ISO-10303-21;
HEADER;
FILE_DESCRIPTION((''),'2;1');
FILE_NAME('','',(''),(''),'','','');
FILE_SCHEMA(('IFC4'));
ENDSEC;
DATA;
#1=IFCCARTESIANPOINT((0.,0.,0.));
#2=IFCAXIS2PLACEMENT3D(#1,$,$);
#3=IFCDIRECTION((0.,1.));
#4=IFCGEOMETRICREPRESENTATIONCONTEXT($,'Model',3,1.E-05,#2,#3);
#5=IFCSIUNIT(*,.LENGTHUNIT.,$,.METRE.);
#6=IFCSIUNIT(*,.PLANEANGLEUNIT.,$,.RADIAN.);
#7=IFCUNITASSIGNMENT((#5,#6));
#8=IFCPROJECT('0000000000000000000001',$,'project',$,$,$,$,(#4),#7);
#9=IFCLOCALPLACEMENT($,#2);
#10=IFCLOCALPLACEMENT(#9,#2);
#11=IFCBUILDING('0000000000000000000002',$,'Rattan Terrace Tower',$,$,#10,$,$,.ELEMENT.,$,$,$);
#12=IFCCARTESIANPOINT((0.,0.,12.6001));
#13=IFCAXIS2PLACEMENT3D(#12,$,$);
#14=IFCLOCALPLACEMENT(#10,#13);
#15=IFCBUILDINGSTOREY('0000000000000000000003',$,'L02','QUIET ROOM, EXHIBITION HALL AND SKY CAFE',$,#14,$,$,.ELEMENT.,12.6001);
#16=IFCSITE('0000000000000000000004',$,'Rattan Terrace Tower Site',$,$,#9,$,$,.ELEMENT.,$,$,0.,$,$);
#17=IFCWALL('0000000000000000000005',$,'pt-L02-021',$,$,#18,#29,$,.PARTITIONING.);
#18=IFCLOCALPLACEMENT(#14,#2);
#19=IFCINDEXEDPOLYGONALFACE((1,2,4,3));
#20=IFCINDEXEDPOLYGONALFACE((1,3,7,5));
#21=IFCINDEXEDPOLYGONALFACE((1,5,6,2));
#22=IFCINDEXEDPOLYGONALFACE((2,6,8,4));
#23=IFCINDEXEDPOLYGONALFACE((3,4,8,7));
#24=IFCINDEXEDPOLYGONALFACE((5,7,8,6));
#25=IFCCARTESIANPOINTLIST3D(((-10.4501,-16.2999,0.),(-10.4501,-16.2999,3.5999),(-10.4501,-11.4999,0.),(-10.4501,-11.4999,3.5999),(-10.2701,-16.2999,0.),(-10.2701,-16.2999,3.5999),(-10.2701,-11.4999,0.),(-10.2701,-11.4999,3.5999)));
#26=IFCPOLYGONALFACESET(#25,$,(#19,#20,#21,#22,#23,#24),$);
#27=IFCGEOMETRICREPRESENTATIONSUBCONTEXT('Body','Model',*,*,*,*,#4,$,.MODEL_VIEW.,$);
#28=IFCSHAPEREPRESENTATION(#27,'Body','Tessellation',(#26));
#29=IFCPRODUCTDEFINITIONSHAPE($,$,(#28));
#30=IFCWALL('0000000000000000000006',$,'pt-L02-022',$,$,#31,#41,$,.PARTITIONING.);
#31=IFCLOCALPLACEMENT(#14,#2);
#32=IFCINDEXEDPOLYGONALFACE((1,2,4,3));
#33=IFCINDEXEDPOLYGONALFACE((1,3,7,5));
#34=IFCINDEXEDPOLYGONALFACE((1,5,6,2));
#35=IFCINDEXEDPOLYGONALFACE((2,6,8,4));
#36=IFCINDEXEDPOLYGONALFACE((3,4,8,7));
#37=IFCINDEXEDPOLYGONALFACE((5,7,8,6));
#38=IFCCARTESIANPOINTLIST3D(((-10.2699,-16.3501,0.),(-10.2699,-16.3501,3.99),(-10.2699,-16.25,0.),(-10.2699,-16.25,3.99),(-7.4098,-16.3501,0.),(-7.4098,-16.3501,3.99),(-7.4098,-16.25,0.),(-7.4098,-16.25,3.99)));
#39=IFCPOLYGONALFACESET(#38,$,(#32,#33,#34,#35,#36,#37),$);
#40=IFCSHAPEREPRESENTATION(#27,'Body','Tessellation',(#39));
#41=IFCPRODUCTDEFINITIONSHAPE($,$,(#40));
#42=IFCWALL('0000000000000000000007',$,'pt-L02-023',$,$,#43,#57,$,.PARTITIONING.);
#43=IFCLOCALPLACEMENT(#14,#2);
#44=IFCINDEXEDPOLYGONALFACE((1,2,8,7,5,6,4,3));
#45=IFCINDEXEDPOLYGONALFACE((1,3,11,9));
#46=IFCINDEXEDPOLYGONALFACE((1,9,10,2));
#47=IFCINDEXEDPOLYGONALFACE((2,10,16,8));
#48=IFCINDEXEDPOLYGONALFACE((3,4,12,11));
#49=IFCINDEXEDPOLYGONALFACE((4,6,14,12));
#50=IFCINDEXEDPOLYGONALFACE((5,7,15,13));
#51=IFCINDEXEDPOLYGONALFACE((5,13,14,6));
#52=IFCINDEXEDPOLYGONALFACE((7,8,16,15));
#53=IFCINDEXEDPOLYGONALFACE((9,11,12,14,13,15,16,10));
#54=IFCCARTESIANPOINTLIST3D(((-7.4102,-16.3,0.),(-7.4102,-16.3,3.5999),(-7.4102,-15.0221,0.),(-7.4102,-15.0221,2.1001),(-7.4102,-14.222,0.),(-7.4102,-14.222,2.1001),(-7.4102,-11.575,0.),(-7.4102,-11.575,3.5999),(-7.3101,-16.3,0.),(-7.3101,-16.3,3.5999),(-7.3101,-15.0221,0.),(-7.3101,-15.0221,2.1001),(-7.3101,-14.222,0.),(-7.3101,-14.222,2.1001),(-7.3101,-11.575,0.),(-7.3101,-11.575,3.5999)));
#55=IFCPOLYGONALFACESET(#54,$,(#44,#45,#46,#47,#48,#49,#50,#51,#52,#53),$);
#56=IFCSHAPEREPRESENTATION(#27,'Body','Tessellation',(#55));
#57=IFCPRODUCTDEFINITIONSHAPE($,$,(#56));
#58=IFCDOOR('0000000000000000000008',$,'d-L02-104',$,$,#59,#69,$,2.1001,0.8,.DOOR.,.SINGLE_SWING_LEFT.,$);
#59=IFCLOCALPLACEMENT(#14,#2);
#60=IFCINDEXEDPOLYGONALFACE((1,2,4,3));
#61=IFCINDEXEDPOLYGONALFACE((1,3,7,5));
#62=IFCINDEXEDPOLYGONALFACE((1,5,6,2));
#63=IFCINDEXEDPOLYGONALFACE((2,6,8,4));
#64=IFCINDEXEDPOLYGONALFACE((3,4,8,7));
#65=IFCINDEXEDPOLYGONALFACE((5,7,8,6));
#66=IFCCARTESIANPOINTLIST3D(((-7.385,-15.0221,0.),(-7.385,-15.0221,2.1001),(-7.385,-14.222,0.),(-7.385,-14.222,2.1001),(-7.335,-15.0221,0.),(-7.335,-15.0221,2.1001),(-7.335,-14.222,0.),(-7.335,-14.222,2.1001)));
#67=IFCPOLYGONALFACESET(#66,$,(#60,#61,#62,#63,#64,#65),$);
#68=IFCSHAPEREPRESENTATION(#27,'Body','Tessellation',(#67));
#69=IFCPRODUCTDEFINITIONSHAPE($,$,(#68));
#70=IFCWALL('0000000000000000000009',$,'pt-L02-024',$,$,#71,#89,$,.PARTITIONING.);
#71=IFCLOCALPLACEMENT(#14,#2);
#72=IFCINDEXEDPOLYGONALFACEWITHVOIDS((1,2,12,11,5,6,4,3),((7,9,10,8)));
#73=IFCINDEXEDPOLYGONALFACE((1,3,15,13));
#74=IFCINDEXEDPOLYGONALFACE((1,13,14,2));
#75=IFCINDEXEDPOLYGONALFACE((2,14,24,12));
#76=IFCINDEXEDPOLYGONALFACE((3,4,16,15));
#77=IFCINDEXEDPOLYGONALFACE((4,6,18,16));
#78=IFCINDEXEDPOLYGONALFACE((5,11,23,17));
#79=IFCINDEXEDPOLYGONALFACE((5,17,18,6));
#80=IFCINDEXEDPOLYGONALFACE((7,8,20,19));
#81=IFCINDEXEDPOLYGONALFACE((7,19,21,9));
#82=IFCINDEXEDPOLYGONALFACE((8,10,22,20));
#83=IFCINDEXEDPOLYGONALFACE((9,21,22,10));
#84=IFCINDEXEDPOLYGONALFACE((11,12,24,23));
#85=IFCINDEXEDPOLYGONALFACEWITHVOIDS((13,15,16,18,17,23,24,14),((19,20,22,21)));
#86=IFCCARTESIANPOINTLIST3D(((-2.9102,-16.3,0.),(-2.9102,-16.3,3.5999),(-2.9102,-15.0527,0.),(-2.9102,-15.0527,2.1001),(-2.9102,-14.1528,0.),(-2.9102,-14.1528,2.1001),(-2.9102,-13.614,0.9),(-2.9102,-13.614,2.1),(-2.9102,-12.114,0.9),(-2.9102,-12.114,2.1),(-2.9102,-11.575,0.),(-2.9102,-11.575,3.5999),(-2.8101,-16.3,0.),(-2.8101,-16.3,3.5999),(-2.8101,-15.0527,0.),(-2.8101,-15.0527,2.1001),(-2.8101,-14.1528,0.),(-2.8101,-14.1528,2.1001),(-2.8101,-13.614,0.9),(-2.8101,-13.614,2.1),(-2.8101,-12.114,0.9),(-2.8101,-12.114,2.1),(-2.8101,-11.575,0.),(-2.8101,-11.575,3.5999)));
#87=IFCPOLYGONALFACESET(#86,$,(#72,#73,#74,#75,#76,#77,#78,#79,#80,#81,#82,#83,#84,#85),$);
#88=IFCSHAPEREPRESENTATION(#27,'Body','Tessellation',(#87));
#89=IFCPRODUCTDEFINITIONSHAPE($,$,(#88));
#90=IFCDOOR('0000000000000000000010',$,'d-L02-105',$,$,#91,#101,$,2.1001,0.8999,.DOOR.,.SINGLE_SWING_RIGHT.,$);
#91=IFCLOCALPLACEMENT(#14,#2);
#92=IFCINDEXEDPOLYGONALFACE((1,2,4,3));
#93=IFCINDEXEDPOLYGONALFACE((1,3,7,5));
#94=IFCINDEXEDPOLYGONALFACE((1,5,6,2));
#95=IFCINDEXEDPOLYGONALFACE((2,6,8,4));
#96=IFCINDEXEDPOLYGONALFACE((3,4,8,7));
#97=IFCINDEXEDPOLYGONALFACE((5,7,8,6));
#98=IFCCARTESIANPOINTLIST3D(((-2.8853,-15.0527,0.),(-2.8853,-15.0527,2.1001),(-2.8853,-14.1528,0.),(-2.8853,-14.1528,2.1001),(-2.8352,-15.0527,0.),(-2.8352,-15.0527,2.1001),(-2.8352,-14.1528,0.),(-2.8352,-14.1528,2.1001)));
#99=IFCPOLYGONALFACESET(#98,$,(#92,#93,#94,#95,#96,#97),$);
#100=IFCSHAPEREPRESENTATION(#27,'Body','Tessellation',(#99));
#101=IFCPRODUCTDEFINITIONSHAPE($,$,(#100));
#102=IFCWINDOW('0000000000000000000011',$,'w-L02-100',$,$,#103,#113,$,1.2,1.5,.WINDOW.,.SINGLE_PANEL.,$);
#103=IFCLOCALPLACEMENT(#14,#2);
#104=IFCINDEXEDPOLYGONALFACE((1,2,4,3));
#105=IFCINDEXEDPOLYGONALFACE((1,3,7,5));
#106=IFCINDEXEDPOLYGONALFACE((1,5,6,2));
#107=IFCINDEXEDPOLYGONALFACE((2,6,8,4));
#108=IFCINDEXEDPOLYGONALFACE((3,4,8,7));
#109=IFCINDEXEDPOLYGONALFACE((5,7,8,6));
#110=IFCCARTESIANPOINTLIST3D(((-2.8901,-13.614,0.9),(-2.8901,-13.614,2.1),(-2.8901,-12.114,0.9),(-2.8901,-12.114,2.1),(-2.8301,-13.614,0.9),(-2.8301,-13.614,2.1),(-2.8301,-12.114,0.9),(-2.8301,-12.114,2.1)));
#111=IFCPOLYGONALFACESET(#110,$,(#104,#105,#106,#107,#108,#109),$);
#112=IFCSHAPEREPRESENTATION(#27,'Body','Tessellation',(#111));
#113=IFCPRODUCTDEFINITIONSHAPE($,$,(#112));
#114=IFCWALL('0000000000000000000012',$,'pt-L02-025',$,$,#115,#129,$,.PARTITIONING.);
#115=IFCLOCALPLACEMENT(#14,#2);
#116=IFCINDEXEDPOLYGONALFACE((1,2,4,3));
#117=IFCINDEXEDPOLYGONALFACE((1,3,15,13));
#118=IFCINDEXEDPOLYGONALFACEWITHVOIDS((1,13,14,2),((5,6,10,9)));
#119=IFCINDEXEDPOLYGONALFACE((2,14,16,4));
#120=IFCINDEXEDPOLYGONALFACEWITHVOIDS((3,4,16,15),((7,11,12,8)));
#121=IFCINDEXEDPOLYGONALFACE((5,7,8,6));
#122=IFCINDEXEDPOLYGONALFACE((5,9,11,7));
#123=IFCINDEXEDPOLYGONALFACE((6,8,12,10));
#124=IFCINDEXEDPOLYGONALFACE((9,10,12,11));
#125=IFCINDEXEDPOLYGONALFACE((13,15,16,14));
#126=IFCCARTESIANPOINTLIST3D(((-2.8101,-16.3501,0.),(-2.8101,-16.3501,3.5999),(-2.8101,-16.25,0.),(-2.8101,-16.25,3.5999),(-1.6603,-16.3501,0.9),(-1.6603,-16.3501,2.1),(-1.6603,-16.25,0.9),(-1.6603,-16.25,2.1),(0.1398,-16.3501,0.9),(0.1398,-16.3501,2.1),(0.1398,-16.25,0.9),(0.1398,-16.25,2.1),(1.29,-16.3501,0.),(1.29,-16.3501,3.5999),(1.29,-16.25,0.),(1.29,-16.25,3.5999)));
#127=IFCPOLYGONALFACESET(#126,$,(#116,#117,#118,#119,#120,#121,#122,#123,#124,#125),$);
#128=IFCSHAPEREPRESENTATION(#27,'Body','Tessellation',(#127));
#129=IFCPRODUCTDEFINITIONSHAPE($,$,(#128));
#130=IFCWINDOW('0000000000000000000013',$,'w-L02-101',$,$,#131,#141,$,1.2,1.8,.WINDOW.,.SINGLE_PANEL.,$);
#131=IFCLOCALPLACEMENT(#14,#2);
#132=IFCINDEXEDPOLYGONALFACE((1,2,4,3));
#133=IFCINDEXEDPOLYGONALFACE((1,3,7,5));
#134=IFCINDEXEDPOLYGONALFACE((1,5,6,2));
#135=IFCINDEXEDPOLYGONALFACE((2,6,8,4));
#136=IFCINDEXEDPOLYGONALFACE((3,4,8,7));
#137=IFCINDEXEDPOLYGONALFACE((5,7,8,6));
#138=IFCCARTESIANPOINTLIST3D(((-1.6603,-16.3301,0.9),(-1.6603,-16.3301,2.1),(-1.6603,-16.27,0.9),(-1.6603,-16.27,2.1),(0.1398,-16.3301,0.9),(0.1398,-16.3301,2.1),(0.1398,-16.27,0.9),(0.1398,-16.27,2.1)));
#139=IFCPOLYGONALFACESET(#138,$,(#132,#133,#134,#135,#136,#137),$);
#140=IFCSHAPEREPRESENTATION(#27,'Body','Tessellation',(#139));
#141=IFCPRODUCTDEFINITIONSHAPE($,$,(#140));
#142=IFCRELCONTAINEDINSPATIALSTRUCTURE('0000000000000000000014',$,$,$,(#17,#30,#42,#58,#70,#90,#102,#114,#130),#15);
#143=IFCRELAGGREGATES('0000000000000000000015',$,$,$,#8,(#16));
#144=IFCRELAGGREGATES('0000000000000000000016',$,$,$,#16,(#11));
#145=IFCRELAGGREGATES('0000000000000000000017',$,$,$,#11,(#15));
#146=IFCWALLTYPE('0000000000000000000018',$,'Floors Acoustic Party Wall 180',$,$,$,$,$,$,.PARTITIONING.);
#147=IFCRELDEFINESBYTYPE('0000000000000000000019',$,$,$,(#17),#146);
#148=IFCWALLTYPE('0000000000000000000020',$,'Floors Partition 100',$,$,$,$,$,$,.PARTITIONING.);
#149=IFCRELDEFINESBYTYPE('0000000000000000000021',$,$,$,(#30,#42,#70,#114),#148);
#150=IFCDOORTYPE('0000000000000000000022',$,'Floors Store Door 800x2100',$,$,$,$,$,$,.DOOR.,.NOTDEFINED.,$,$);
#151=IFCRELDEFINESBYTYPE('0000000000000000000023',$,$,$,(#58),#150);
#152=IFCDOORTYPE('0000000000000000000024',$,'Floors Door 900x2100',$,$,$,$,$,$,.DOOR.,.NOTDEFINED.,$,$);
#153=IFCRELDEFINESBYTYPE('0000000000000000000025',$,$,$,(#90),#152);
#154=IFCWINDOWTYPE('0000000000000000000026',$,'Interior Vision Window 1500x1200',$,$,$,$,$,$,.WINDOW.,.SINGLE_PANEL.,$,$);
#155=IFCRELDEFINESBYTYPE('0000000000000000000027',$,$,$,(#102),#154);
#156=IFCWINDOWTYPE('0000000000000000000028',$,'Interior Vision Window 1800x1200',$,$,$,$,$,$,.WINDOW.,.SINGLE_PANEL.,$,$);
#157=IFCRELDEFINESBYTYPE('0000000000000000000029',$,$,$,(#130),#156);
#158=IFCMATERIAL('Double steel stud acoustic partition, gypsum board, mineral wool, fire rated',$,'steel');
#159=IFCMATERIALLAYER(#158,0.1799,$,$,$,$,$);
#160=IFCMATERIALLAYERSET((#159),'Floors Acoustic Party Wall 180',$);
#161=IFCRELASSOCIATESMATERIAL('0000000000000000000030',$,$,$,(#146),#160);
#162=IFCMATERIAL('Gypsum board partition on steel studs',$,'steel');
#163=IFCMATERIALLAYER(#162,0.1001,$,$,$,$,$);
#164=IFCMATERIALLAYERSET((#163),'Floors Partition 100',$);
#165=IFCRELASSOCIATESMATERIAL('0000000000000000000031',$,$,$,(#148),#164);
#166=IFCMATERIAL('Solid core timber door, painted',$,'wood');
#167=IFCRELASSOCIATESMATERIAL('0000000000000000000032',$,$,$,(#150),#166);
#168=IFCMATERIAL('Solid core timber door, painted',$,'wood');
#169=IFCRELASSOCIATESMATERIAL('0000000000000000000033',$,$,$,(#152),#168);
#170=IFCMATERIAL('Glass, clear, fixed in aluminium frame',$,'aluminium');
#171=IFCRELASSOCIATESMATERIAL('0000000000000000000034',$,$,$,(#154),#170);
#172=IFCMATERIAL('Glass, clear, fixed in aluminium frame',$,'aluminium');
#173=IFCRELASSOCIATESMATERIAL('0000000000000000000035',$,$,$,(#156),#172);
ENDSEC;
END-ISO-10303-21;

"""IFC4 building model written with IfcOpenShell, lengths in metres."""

from ifc_helpers import new_model, si_unit, direction, frame, frame_2d, origin, place, context, subcontext, project, spatial, rectangle, extrude, material, layer, layer_set, type_object, element, fill, save


model = new_model("IFC4")

# Units and contexts
model_context = context("Model", 3, precision=1e-05, world=origin(), true_north=direction((0.0, 1.0)))
body_context = subcontext(model_context, "Body", "Model", "MODEL_VIEW")
ifc_project = project(units=[si_unit("LENGTHUNIT", "METRE"), si_unit("PLANEANGLEUNIT", "RADIAN")], contexts=[model_context])

# Site, building, storey
site_placement = place(None, origin())
site = spatial("IfcSite", under=ifc_project, at=site_placement, Name="Rattan Terrace Tower Site", CompositionType="ELEMENT", RefElevation=0.0)
building_placement = place(site_placement, origin())
building = spatial("IfcBuilding", under=site, at=building_placement, Name="Rattan Terrace Tower", CompositionType="ELEMENT")
storey_placement = place(building_placement, frame((0.0, 0.0, 12.6001)))
storey = spatial("IfcBuildingStorey", under=building, at=storey_placement, Name="L02", Description="QUIET ROOM, EXHIBITION HALL AND SKY CAFE", CompositionType="ELEMENT", Elevation=12.6001)

# Walls
ifc_material_1 = material(Name="Double steel stud acoustic partition, gypsum board, mineral wool, fire rated", Category="steel")
ifc_layer_1 = layer(ifc_material_1, 0.1799)
ifc_layer_set_1 = layer_set([ifc_layer_1], Name="Floors Acoustic Party Wall 180")
wall_type_1 = type_object("IfcWallType", Name="Floors Acoustic Party Wall 180", PredefinedType="PARTITIONING", material=ifc_layer_set_1)
wall_1_placement = place(storey_placement, frame((-10.3601, -11.5, 0.0), z_axis=(0.0, 0.0, 1.0), x_axis=(0.0, -1.0, 0.0)))
element("IfcWall", 1, at=wall_1_placement, inside=storey, type_object=wall_type_1, Name="pt-L02-021", PredefinedType="PARTITIONING", context=body_context, shape_type="SweptSolid", body=[
    extrude(rectangle(XDim=4.8, YDim=0.1799, at=frame_2d((2.3999, 0.0))), origin(), (0.0, 0.0, 1.0), 3.5999),
])
ifc_material_2 = material(Name="Gypsum board partition on steel studs", Category="steel")
ifc_layer_2 = layer(ifc_material_2, 0.1001)
ifc_layer_set_2 = layer_set([ifc_layer_2], Name="Floors Partition 100")
wall_type_2 = type_object("IfcWallType", Name="Floors Partition 100", PredefinedType="PARTITIONING", material=ifc_layer_set_2)
wall_2_placement = place(storey_placement, frame((-10.27, -16.3, 0.0), z_axis=(0.0, 0.0, 1.0), x_axis=(1.0, 0.0, 0.0)))
element("IfcWall", 2, at=wall_2_placement, inside=storey, type_object=wall_type_2, Name="pt-L02-022", PredefinedType="PARTITIONING", context=body_context, shape_type="SweptSolid", body=[
    extrude(rectangle(XDim=2.8601, YDim=0.1001, at=frame_2d((1.4302, 0.0))), origin(), (0.0, 0.0, 1.0), 3.99),
])

# Wall, opening, door
wall_3_placement = place(storey_placement, frame((-7.3601, -16.3, 0.0), z_axis=(0.0, 0.0, 1.0), x_axis=(0.0, 1.0, 0.0)))
wall_3 = element("IfcWall", 3, at=wall_3_placement, inside=storey, type_object=wall_type_2, Name="pt-L02-023", PredefinedType="PARTITIONING", context=body_context, shape_type="SweptSolid", body=[
    extrude(rectangle(XDim=4.7251, YDim=0.1001, at=frame_2d((2.3625, 0.0))), origin(), (0.0, 0.0, 1.0), 3.5999),
])
opening_1_placement = place(wall_3_placement, frame((1.2781, 0.0, 0.0)))
opening_1 = element("IfcOpeningElement", 4, at=opening_1_placement, cuts=wall_3, PredefinedType="OPENING", context=body_context, shape_type="SweptSolid", body=[
    extrude(rectangle(XDim=0.8, YDim=2.1001, at=frame_2d((0.3999, 1.05))), frame((0.0, 0.0605, 0.0), z_axis=(0.0, -1.0, 0.0), x_axis=(1.0, 0.0, 0.0)), (0.0, 0.0, 1.0), 0.1211),
])
ifc_material_3 = material(Name="Solid core timber door, painted", Category="wood")
door_type_1 = type_object("IfcDoorType", Name="Floors Store Door 800x2100", OperationType="NOTDEFINED", PredefinedType="DOOR", material=ifc_material_3)
door_1_placement = place(opening_1_placement, origin())
door_1 = element("IfcDoor", 5, at=door_1_placement, inside=storey, type_object=door_type_1, Name="d-L02-104", OperationType="SINGLE_SWING_LEFT", OverallHeight=2.1001, OverallWidth=0.8, PredefinedType="DOOR", context=body_context, shape_type="SweptSolid", body=[
    extrude(rectangle(XDim=0.8, YDim=2.1001, at=frame_2d((0.3999, 1.05))), frame((0.0, 0.0249, 0.0), z_axis=(0.0, -1.0, 0.0), x_axis=(1.0, 0.0, 0.0)), (0.0, 0.0, 1.0), 0.05),
])
fill(opening_1, door_1)

# Wall, openings, door, window
wall_4_placement = place(storey_placement, frame((-2.8601, -11.575, 0.0), z_axis=(0.0, 0.0, 1.0), x_axis=(0.0, -1.0, 0.0)))
wall_4 = element("IfcWall", 6, at=wall_4_placement, inside=storey, type_object=wall_type_2, Name="pt-L02-024", PredefinedType="PARTITIONING", context=body_context, shape_type="SweptSolid", body=[
    extrude(rectangle(XDim=4.7251, YDim=0.1001, at=frame_2d((2.3625, 0.0))), origin(), (0.0, 0.0, 1.0), 3.5999),
])
opening_2_placement = place(wall_4_placement, frame((2.5779, 0.0, 0.0)))
opening_2 = element("IfcOpeningElement", 7, at=opening_2_placement, cuts=wall_4, PredefinedType="OPENING", context=body_context, shape_type="SweptSolid", body=[
    extrude(rectangle(XDim=0.8999, YDim=2.1001, at=frame_2d((0.45, 1.05))), frame((0.0, 0.0605, 0.0), z_axis=(0.0, -1.0, 0.0), x_axis=(1.0, 0.0, 0.0)), (0.0, 0.0, 1.0), 0.1211),
])
opening_3_placement = place(wall_4_placement, frame((0.5391, 0.0, 0.8999)))
opening_3 = element("IfcOpeningElement", 8, at=opening_3_placement, cuts=wall_4, PredefinedType="OPENING", context=body_context, shape_type="SweptSolid", body=[
    extrude(rectangle(XDim=1.5, YDim=1.2, at=frame_2d((0.75, 0.6001))), frame((0.0, 0.0605, 0.0), z_axis=(0.0, -1.0, 0.0), x_axis=(1.0, 0.0, 0.0)), (0.0, 0.0, 1.0), 0.1211),
])
ifc_material_4 = material(Name="Solid core timber door, painted", Category="wood")
door_type_2 = type_object("IfcDoorType", Name="Floors Door 900x2100", OperationType="NOTDEFINED", PredefinedType="DOOR", material=ifc_material_4)
door_2_placement = place(opening_2_placement, origin())
door_2 = element("IfcDoor", 9, at=door_2_placement, inside=storey, type_object=door_type_2, Name="d-L02-105", OperationType="SINGLE_SWING_RIGHT", OverallHeight=2.1001, OverallWidth=0.8999, PredefinedType="DOOR", context=body_context, shape_type="SweptSolid", body=[
    extrude(rectangle(XDim=0.8999, YDim=2.1001, at=frame_2d((0.45, 1.05))), frame((0.0, 0.0249, 0.0), z_axis=(0.0, -1.0, 0.0), x_axis=(1.0, 0.0, 0.0)), (0.0, 0.0, 1.0), 0.05),
])
fill(opening_2, door_2)
ifc_material_5 = material(Name="Glass, clear, fixed in aluminium frame", Category="aluminium")
window_type_1 = type_object("IfcWindowType", Name="Interior Vision Window 1500x1200", PartitioningType="SINGLE_PANEL", PredefinedType="WINDOW", material=ifc_material_5)
window_1_placement = place(opening_3_placement, origin())
window_1 = element("IfcWindow", 10, at=window_1_placement, inside=storey, type_object=window_type_1, Name="w-L02-100", OverallHeight=1.2, OverallWidth=1.5, PartitioningType="SINGLE_PANEL", PredefinedType="WINDOW", context=body_context, shape_type="SweptSolid", body=[
    extrude(rectangle(XDim=1.5, YDim=1.2, at=frame_2d((0.75, 0.6001))), frame((0.0, 0.03, 0.0), z_axis=(0.0, -1.0, 0.0), x_axis=(1.0, 0.0, 0.0)), (0.0, 0.0, 1.0), 0.0601),
])
fill(opening_3, window_1)

# Wall, opening, window
wall_5_placement = place(storey_placement, frame((-2.8101, -16.3, 0.0), z_axis=(0.0, 0.0, 1.0), x_axis=(1.0, 0.0, 0.0)))
wall_5 = element("IfcWall", 11, at=wall_5_placement, inside=storey, type_object=wall_type_2, Name="pt-L02-025", PredefinedType="PARTITIONING", context=body_context, shape_type="SweptSolid", body=[
    extrude(rectangle(XDim=4.1001, YDim=0.1001, at=frame_2d((2.05, 0.0))), origin(), (0.0, 0.0, 1.0), 3.5999),
])
opening_4_placement = place(wall_5_placement, frame((1.1499, 0.0, 0.8999)))
opening_4 = element("IfcOpeningElement", 12, at=opening_4_placement, cuts=wall_5, PredefinedType="OPENING", context=body_context, shape_type="SweptSolid", body=[
    extrude(rectangle(XDim=1.8, YDim=1.2, at=frame_2d((0.8999, 0.6001))), frame((0.0, 0.0605, 0.0), z_axis=(0.0, -1.0, 0.0), x_axis=(1.0, 0.0, 0.0)), (0.0, 0.0, 1.0), 0.1211),
])
ifc_material_6 = material(Name="Glass, clear, fixed in aluminium frame", Category="aluminium")
window_type_2 = type_object("IfcWindowType", Name="Interior Vision Window 1800x1200", PartitioningType="SINGLE_PANEL", PredefinedType="WINDOW", material=ifc_material_6)
window_2_placement = place(opening_4_placement, origin())
window_2 = element("IfcWindow", 13, at=window_2_placement, inside=storey, type_object=window_type_2, Name="w-L02-101", OverallHeight=1.2, OverallWidth=1.8, PartitioningType="SINGLE_PANEL", PredefinedType="WINDOW", context=body_context, shape_type="SweptSolid", body=[
    extrude(rectangle(XDim=1.8, YDim=1.2, at=frame_2d((0.8999, 0.6001))), frame((0.0, 0.03, 0.0), z_axis=(0.0, -1.0, 0.0), x_axis=(1.0, 0.0, 0.0)), (0.0, 0.0, 1.0), 0.0601),
])
fill(opening_4, window_2)

save(model, "model.ifc")
